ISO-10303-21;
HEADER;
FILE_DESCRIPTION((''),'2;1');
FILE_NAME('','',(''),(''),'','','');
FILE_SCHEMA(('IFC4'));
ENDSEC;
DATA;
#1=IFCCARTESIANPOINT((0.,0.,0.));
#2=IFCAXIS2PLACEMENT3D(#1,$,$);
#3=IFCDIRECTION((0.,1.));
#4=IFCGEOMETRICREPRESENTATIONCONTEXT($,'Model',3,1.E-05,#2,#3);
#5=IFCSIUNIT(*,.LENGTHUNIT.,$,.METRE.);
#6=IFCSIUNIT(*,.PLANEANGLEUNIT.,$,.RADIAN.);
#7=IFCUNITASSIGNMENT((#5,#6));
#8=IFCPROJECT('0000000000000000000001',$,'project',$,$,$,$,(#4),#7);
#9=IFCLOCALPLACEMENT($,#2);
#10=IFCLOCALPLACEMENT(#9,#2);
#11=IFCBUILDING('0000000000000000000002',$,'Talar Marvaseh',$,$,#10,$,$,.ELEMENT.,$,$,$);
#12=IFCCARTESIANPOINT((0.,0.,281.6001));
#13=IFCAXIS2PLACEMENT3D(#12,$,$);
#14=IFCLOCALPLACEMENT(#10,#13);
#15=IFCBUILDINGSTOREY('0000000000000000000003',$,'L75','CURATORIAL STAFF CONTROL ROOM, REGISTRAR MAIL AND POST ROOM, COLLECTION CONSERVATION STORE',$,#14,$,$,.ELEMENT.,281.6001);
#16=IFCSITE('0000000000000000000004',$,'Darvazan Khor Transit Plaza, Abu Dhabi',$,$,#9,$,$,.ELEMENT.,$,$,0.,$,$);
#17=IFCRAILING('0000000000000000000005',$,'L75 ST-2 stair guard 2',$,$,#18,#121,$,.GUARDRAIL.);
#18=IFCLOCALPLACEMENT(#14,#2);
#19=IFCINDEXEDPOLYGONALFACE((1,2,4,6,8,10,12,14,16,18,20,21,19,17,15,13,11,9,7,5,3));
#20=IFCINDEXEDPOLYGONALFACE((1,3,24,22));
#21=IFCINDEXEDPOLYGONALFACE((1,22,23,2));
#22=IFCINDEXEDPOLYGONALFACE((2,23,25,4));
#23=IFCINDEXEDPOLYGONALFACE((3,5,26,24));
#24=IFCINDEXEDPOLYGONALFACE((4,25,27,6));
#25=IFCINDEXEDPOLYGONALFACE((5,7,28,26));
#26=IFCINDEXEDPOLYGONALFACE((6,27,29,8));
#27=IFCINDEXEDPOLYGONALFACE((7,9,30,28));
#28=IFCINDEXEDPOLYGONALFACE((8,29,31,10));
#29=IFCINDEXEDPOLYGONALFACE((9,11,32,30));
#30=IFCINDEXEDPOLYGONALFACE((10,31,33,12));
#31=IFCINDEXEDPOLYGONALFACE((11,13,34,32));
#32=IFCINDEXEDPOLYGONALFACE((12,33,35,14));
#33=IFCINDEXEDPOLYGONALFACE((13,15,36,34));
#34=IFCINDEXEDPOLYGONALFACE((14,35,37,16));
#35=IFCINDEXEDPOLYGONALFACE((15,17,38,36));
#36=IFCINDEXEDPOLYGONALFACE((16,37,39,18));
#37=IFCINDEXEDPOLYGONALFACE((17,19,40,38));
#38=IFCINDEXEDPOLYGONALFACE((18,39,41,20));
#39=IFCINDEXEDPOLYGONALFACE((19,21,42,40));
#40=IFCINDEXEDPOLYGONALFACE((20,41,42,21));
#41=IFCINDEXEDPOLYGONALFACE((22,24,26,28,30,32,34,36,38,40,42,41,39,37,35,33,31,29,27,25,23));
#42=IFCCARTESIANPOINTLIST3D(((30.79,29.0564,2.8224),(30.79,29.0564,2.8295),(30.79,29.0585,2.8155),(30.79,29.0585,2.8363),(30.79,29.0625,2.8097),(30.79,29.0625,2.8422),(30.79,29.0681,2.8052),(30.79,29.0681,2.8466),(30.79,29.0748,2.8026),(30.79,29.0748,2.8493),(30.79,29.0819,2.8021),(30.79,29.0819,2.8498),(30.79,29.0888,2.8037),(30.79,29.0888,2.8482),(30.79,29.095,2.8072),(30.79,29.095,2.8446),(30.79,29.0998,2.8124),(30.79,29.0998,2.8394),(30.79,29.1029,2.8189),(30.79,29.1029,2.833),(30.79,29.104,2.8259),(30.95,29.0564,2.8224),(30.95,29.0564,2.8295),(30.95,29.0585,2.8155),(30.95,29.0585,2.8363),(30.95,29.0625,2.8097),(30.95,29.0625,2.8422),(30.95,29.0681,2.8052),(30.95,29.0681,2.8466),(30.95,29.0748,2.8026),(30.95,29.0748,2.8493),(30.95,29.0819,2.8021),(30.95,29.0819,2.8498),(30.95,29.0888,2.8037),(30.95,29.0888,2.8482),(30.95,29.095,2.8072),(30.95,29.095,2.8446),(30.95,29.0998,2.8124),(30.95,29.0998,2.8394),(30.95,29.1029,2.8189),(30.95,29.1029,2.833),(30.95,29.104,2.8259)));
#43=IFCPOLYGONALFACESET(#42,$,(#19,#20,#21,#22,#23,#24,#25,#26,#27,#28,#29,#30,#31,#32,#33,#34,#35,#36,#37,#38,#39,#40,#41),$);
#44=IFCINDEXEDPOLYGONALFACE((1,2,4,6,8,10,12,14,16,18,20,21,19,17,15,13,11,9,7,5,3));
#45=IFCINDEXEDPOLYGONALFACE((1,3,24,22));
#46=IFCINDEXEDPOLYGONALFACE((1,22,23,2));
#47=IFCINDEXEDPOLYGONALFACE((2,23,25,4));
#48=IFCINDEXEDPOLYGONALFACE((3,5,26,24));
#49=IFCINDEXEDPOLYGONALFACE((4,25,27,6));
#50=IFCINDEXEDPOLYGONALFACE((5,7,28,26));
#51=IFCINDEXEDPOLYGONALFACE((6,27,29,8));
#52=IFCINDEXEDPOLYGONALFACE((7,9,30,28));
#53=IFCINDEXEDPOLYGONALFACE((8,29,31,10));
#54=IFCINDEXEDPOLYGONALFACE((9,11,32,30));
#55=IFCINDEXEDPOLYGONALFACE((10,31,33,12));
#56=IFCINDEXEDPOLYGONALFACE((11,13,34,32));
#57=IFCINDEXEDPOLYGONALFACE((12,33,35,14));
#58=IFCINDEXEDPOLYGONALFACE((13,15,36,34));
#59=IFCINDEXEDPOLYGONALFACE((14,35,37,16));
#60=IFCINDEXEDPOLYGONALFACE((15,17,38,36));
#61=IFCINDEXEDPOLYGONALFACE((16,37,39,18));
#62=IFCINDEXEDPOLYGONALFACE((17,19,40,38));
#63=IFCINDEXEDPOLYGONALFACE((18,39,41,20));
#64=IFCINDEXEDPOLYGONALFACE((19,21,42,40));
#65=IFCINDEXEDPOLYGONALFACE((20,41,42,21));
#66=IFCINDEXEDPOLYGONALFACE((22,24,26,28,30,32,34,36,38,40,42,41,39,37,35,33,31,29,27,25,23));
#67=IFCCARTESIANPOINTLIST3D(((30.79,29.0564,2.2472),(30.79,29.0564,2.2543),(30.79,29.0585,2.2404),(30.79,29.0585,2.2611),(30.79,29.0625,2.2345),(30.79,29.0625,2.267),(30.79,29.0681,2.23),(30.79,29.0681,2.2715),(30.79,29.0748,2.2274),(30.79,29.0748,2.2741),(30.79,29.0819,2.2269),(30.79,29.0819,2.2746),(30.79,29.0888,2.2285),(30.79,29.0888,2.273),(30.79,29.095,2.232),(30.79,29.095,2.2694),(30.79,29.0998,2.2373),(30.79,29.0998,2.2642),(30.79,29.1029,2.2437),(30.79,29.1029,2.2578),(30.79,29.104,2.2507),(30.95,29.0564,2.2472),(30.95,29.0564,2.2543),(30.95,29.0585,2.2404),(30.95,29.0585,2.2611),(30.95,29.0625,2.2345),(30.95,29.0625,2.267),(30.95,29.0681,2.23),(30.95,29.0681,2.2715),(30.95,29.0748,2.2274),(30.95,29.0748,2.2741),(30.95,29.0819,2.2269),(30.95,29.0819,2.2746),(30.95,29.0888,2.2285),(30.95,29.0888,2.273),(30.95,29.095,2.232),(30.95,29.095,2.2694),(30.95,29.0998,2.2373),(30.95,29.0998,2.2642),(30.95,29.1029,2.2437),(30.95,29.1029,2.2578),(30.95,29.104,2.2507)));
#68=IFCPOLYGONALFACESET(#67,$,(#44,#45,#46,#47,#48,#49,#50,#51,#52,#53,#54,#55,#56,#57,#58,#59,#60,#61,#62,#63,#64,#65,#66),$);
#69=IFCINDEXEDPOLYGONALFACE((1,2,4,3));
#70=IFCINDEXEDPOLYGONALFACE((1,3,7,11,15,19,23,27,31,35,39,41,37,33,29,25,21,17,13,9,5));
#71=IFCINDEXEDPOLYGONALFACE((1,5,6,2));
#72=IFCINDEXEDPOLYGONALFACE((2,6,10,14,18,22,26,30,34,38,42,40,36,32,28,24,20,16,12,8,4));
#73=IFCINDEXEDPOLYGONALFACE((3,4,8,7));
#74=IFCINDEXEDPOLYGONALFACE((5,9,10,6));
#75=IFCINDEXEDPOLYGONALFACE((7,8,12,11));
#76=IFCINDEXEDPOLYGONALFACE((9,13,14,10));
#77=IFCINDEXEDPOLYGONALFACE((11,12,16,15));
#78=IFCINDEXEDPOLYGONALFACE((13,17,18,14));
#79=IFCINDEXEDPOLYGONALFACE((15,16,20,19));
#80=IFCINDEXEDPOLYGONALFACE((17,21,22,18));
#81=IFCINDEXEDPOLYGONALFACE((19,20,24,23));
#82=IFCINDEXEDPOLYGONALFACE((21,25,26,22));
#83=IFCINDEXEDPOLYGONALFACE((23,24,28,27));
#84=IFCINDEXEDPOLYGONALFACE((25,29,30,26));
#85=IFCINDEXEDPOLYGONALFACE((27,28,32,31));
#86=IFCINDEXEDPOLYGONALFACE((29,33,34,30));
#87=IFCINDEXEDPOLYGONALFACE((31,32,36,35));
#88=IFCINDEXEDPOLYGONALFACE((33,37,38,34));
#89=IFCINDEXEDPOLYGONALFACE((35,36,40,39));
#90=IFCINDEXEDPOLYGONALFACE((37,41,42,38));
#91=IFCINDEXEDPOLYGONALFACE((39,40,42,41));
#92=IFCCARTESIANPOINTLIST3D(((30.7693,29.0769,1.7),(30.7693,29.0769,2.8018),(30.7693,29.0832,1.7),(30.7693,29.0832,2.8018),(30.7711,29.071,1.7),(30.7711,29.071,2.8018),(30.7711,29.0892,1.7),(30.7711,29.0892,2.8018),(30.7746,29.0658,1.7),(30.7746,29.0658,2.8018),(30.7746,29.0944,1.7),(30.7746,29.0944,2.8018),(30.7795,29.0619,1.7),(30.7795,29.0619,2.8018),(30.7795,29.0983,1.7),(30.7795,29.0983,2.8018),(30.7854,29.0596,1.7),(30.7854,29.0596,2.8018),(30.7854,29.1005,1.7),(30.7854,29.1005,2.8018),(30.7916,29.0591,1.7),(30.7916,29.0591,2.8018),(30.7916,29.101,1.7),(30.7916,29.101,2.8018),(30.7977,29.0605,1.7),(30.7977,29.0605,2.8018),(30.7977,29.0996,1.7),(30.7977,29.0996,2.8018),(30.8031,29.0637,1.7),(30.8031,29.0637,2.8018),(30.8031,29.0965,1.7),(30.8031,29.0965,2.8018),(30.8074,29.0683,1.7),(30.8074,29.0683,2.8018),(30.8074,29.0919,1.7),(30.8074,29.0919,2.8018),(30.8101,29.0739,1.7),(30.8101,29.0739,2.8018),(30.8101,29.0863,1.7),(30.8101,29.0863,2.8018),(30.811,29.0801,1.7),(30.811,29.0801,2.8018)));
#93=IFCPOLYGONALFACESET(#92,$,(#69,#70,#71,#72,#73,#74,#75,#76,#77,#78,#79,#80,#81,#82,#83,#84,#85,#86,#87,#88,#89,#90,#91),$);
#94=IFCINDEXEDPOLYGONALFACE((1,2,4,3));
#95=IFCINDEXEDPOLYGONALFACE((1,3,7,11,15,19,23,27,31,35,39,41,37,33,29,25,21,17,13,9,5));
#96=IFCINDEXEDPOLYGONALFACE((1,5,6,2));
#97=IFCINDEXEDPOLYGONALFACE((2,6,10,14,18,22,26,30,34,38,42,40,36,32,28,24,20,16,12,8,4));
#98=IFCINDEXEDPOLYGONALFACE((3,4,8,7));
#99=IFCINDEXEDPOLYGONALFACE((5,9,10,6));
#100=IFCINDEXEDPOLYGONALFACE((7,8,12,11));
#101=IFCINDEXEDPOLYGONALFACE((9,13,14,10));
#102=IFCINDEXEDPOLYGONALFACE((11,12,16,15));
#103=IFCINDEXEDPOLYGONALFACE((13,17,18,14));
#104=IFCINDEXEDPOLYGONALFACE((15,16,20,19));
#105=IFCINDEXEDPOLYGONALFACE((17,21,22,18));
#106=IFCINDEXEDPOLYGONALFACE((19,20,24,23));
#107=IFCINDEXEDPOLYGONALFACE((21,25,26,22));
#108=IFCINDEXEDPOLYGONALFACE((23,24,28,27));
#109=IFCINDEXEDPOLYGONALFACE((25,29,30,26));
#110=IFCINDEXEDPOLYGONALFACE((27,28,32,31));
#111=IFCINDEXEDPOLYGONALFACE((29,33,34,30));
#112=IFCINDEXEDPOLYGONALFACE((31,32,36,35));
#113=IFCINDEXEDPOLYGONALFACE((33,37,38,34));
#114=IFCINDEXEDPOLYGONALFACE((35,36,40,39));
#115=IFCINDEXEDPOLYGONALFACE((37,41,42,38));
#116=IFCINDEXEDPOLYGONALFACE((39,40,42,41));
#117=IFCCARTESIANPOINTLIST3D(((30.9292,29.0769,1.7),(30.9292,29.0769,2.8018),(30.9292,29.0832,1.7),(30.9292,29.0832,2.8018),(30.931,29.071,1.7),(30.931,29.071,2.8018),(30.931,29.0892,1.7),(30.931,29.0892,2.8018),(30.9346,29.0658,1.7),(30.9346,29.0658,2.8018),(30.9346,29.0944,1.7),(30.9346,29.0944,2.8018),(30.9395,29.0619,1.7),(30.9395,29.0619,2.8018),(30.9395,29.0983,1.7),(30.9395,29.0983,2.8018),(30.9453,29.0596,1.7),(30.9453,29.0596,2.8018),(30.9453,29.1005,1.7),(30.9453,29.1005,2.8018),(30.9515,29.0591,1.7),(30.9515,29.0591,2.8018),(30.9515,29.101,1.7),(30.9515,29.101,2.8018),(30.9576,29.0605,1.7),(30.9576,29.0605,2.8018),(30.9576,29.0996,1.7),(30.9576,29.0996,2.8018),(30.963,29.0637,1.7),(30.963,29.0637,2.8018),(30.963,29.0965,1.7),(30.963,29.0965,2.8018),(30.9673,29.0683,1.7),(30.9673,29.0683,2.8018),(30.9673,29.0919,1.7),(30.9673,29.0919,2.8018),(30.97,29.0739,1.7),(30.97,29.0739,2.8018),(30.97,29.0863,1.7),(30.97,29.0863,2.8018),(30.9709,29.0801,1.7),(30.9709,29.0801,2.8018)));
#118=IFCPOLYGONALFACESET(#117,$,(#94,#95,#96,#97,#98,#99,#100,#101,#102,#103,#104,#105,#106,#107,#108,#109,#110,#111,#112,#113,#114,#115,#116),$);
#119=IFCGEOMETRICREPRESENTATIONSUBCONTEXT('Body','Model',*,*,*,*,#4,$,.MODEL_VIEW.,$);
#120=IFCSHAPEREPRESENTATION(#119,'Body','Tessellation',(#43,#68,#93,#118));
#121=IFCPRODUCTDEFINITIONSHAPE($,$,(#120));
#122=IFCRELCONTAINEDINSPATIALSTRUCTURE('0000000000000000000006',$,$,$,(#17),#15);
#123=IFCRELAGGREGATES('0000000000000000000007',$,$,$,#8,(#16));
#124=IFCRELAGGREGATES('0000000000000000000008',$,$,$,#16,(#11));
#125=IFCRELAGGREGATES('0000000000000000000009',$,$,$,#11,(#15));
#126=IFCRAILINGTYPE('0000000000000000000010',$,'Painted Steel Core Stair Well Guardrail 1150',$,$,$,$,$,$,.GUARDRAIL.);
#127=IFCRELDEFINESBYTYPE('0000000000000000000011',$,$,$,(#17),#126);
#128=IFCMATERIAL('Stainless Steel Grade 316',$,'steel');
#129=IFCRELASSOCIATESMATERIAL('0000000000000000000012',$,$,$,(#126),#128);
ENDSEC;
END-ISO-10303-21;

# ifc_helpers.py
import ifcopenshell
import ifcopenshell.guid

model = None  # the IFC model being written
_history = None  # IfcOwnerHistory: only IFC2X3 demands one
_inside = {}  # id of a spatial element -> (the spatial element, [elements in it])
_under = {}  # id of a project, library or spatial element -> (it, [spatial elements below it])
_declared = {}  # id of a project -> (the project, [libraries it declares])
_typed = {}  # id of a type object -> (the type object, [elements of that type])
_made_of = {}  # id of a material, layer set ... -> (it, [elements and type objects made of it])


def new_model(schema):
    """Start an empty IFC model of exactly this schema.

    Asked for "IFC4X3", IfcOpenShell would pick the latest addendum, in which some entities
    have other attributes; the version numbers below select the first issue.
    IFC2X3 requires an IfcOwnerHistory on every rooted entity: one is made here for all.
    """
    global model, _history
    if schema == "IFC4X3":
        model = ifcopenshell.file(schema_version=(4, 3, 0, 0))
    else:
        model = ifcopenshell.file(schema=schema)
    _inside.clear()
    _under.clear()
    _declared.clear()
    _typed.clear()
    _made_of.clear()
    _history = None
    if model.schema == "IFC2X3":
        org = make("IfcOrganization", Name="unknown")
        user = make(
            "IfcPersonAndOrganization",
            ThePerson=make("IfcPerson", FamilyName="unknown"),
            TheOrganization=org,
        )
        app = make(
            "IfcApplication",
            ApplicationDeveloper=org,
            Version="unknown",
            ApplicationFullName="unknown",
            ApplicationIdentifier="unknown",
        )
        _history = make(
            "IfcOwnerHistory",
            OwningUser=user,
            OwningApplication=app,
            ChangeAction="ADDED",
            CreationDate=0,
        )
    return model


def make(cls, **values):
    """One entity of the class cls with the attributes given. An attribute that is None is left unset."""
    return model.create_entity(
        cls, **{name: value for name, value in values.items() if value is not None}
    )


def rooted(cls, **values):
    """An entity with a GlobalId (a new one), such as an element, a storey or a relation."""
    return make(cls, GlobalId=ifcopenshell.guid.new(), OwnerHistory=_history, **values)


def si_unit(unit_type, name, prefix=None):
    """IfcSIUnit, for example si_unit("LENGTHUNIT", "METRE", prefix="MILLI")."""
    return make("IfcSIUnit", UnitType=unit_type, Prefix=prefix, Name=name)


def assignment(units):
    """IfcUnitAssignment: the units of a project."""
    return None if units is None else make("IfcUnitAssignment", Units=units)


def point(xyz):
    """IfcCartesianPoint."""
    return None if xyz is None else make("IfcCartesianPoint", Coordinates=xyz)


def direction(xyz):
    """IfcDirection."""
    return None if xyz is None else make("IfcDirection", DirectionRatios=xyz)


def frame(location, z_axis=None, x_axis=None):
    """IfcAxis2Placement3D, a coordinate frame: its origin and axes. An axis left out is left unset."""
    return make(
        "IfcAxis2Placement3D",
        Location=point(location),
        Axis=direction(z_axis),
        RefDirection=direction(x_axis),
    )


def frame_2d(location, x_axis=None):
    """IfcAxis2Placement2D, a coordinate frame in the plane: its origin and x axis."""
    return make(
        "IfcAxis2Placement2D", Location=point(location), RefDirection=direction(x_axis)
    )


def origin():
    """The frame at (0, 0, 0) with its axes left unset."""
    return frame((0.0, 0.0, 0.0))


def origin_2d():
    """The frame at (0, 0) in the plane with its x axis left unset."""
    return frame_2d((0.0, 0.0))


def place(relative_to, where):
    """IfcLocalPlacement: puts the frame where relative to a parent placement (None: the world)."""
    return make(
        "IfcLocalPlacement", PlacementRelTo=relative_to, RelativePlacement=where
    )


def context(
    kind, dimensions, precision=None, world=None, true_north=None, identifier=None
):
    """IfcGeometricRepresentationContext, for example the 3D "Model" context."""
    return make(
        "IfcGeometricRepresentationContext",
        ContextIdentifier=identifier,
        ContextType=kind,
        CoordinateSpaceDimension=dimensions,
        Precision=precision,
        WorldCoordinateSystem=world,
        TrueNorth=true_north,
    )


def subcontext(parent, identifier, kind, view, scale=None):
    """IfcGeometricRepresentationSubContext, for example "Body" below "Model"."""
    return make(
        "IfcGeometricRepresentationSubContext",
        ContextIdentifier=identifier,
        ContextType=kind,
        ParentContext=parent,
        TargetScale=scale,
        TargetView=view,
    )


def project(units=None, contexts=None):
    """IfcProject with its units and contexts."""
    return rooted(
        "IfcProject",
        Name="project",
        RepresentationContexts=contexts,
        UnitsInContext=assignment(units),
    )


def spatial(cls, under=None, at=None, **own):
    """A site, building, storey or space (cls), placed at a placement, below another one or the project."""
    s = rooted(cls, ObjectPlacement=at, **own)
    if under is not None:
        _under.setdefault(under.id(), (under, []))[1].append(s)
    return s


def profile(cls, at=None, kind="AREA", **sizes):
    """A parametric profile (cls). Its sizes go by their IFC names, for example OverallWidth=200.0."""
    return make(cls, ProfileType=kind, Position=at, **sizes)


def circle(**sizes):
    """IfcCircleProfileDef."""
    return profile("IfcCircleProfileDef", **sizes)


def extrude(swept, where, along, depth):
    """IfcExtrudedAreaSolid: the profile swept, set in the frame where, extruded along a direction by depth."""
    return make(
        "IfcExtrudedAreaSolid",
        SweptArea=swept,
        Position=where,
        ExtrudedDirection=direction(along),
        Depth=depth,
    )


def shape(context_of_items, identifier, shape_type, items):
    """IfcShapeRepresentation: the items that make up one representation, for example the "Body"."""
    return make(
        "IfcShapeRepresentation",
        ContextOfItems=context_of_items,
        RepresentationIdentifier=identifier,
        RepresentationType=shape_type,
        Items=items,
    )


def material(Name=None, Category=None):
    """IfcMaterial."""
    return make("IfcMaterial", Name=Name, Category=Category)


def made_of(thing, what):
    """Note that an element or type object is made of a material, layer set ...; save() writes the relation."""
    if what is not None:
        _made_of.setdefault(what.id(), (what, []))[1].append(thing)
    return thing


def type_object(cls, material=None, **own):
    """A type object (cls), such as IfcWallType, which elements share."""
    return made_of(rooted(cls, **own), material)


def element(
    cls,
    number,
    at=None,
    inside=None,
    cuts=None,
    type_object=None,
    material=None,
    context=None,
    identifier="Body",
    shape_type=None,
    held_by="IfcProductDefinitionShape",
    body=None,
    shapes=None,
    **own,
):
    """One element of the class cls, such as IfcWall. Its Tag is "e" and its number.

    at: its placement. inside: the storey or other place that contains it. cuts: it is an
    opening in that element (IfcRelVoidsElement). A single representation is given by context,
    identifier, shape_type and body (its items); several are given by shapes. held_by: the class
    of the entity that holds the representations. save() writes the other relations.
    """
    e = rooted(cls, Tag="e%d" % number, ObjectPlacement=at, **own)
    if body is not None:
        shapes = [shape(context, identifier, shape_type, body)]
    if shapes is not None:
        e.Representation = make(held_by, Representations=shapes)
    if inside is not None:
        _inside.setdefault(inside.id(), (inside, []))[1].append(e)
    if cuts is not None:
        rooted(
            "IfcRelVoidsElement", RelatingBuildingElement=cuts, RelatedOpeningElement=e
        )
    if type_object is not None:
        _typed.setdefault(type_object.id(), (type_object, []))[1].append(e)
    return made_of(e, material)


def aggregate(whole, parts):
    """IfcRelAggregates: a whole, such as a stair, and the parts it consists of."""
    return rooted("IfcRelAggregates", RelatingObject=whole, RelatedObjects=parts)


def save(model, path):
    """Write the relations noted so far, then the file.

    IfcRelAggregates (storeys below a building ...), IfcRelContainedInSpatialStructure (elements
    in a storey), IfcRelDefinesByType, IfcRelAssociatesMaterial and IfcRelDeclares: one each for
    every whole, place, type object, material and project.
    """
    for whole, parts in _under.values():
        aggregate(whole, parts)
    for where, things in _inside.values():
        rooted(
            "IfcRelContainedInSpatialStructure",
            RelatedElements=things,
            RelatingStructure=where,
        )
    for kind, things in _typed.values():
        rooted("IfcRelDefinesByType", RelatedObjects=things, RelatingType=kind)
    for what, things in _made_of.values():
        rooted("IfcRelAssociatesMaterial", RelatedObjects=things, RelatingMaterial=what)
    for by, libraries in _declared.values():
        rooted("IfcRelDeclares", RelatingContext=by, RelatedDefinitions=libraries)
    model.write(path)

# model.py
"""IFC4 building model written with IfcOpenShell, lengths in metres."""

from ifc_helpers import new_model, si_unit, direction, frame, origin, origin_2d, place, context, subcontext, project, spatial, circle, extrude, material, type_object, element, save


model = new_model("IFC4")

# Units and contexts
model_context = context("Model", 3, precision=1e-05, world=origin(), true_north=direction((0.0, 1.0)))
body_context = subcontext(model_context, "Body", "Model", "MODEL_VIEW")
ifc_project = project(units=[si_unit("LENGTHUNIT", "METRE"), si_unit("PLANEANGLEUNIT", "RADIAN")], contexts=[model_context])

# Site, building, storey
site_placement = place(None, origin())
site = spatial("IfcSite", under=ifc_project, at=site_placement, Name="Darvazan Khor Transit Plaza, Abu Dhabi", CompositionType="ELEMENT", RefElevation=0.0)
building_placement = place(site_placement, origin())
building = spatial("IfcBuilding", under=site, at=building_placement, Name="Talar Marvaseh", CompositionType="ELEMENT")
storey_placement = place(building_placement, frame((0.0, 0.0, 281.6001)))
storey = spatial("IfcBuildingStorey", under=building, at=storey_placement, Name="L75", Description="CURATORIAL STAFF CONTROL ROOM, REGISTRAR MAIL AND POST ROOM, COLLECTION CONSERVATION STORE", CompositionType="ELEMENT", Elevation=281.6001)

# Shared definitions
ifc_material_1 = material(Name="Stainless Steel Grade 316", Category="steel")

# Railing
railing_type_1 = type_object("IfcRailingType", Name="Painted Steel Core Stair Well Guardrail 1150", PredefinedType="GUARDRAIL", material=ifc_material_1)
railing_1_placement = place(storey_placement, frame((30.79, 29.0801, 1.7)))
element("IfcRailing", 1, at=railing_1_placement, inside=storey, type_object=railing_type_1, Name="L75 ST-2 stair guard 2", PredefinedType="GUARDRAIL", context=body_context, shape_type="SweptSolid", body=[
    extrude(circle(Radius=0.0239, at=origin_2d()), frame((0.0, 0.0, 1.126), z_axis=(1.0, 0.0, 0.0), x_axis=(0.0, 1.0, 0.0)), (0.0, 0.0, 1.0), 0.1599),
    extrude(circle(Radius=0.0239, at=origin_2d()), frame((0.0, 0.0, 0.5508), z_axis=(1.0, 0.0, 0.0), x_axis=(0.0, 1.0, 0.0)), (0.0, 0.0, 1.0), 0.1599),
    extrude(circle(Radius=0.021, at=origin_2d()), origin(), (0.0, 0.0, 1.0), 1.1018),
    extrude(circle(Radius=0.021, at=origin_2d()), frame((0.1599, 0.0, 0.0)), (0.0, 0.0, 1.0), 1.1018),
])

save(model, "model.ifc")
